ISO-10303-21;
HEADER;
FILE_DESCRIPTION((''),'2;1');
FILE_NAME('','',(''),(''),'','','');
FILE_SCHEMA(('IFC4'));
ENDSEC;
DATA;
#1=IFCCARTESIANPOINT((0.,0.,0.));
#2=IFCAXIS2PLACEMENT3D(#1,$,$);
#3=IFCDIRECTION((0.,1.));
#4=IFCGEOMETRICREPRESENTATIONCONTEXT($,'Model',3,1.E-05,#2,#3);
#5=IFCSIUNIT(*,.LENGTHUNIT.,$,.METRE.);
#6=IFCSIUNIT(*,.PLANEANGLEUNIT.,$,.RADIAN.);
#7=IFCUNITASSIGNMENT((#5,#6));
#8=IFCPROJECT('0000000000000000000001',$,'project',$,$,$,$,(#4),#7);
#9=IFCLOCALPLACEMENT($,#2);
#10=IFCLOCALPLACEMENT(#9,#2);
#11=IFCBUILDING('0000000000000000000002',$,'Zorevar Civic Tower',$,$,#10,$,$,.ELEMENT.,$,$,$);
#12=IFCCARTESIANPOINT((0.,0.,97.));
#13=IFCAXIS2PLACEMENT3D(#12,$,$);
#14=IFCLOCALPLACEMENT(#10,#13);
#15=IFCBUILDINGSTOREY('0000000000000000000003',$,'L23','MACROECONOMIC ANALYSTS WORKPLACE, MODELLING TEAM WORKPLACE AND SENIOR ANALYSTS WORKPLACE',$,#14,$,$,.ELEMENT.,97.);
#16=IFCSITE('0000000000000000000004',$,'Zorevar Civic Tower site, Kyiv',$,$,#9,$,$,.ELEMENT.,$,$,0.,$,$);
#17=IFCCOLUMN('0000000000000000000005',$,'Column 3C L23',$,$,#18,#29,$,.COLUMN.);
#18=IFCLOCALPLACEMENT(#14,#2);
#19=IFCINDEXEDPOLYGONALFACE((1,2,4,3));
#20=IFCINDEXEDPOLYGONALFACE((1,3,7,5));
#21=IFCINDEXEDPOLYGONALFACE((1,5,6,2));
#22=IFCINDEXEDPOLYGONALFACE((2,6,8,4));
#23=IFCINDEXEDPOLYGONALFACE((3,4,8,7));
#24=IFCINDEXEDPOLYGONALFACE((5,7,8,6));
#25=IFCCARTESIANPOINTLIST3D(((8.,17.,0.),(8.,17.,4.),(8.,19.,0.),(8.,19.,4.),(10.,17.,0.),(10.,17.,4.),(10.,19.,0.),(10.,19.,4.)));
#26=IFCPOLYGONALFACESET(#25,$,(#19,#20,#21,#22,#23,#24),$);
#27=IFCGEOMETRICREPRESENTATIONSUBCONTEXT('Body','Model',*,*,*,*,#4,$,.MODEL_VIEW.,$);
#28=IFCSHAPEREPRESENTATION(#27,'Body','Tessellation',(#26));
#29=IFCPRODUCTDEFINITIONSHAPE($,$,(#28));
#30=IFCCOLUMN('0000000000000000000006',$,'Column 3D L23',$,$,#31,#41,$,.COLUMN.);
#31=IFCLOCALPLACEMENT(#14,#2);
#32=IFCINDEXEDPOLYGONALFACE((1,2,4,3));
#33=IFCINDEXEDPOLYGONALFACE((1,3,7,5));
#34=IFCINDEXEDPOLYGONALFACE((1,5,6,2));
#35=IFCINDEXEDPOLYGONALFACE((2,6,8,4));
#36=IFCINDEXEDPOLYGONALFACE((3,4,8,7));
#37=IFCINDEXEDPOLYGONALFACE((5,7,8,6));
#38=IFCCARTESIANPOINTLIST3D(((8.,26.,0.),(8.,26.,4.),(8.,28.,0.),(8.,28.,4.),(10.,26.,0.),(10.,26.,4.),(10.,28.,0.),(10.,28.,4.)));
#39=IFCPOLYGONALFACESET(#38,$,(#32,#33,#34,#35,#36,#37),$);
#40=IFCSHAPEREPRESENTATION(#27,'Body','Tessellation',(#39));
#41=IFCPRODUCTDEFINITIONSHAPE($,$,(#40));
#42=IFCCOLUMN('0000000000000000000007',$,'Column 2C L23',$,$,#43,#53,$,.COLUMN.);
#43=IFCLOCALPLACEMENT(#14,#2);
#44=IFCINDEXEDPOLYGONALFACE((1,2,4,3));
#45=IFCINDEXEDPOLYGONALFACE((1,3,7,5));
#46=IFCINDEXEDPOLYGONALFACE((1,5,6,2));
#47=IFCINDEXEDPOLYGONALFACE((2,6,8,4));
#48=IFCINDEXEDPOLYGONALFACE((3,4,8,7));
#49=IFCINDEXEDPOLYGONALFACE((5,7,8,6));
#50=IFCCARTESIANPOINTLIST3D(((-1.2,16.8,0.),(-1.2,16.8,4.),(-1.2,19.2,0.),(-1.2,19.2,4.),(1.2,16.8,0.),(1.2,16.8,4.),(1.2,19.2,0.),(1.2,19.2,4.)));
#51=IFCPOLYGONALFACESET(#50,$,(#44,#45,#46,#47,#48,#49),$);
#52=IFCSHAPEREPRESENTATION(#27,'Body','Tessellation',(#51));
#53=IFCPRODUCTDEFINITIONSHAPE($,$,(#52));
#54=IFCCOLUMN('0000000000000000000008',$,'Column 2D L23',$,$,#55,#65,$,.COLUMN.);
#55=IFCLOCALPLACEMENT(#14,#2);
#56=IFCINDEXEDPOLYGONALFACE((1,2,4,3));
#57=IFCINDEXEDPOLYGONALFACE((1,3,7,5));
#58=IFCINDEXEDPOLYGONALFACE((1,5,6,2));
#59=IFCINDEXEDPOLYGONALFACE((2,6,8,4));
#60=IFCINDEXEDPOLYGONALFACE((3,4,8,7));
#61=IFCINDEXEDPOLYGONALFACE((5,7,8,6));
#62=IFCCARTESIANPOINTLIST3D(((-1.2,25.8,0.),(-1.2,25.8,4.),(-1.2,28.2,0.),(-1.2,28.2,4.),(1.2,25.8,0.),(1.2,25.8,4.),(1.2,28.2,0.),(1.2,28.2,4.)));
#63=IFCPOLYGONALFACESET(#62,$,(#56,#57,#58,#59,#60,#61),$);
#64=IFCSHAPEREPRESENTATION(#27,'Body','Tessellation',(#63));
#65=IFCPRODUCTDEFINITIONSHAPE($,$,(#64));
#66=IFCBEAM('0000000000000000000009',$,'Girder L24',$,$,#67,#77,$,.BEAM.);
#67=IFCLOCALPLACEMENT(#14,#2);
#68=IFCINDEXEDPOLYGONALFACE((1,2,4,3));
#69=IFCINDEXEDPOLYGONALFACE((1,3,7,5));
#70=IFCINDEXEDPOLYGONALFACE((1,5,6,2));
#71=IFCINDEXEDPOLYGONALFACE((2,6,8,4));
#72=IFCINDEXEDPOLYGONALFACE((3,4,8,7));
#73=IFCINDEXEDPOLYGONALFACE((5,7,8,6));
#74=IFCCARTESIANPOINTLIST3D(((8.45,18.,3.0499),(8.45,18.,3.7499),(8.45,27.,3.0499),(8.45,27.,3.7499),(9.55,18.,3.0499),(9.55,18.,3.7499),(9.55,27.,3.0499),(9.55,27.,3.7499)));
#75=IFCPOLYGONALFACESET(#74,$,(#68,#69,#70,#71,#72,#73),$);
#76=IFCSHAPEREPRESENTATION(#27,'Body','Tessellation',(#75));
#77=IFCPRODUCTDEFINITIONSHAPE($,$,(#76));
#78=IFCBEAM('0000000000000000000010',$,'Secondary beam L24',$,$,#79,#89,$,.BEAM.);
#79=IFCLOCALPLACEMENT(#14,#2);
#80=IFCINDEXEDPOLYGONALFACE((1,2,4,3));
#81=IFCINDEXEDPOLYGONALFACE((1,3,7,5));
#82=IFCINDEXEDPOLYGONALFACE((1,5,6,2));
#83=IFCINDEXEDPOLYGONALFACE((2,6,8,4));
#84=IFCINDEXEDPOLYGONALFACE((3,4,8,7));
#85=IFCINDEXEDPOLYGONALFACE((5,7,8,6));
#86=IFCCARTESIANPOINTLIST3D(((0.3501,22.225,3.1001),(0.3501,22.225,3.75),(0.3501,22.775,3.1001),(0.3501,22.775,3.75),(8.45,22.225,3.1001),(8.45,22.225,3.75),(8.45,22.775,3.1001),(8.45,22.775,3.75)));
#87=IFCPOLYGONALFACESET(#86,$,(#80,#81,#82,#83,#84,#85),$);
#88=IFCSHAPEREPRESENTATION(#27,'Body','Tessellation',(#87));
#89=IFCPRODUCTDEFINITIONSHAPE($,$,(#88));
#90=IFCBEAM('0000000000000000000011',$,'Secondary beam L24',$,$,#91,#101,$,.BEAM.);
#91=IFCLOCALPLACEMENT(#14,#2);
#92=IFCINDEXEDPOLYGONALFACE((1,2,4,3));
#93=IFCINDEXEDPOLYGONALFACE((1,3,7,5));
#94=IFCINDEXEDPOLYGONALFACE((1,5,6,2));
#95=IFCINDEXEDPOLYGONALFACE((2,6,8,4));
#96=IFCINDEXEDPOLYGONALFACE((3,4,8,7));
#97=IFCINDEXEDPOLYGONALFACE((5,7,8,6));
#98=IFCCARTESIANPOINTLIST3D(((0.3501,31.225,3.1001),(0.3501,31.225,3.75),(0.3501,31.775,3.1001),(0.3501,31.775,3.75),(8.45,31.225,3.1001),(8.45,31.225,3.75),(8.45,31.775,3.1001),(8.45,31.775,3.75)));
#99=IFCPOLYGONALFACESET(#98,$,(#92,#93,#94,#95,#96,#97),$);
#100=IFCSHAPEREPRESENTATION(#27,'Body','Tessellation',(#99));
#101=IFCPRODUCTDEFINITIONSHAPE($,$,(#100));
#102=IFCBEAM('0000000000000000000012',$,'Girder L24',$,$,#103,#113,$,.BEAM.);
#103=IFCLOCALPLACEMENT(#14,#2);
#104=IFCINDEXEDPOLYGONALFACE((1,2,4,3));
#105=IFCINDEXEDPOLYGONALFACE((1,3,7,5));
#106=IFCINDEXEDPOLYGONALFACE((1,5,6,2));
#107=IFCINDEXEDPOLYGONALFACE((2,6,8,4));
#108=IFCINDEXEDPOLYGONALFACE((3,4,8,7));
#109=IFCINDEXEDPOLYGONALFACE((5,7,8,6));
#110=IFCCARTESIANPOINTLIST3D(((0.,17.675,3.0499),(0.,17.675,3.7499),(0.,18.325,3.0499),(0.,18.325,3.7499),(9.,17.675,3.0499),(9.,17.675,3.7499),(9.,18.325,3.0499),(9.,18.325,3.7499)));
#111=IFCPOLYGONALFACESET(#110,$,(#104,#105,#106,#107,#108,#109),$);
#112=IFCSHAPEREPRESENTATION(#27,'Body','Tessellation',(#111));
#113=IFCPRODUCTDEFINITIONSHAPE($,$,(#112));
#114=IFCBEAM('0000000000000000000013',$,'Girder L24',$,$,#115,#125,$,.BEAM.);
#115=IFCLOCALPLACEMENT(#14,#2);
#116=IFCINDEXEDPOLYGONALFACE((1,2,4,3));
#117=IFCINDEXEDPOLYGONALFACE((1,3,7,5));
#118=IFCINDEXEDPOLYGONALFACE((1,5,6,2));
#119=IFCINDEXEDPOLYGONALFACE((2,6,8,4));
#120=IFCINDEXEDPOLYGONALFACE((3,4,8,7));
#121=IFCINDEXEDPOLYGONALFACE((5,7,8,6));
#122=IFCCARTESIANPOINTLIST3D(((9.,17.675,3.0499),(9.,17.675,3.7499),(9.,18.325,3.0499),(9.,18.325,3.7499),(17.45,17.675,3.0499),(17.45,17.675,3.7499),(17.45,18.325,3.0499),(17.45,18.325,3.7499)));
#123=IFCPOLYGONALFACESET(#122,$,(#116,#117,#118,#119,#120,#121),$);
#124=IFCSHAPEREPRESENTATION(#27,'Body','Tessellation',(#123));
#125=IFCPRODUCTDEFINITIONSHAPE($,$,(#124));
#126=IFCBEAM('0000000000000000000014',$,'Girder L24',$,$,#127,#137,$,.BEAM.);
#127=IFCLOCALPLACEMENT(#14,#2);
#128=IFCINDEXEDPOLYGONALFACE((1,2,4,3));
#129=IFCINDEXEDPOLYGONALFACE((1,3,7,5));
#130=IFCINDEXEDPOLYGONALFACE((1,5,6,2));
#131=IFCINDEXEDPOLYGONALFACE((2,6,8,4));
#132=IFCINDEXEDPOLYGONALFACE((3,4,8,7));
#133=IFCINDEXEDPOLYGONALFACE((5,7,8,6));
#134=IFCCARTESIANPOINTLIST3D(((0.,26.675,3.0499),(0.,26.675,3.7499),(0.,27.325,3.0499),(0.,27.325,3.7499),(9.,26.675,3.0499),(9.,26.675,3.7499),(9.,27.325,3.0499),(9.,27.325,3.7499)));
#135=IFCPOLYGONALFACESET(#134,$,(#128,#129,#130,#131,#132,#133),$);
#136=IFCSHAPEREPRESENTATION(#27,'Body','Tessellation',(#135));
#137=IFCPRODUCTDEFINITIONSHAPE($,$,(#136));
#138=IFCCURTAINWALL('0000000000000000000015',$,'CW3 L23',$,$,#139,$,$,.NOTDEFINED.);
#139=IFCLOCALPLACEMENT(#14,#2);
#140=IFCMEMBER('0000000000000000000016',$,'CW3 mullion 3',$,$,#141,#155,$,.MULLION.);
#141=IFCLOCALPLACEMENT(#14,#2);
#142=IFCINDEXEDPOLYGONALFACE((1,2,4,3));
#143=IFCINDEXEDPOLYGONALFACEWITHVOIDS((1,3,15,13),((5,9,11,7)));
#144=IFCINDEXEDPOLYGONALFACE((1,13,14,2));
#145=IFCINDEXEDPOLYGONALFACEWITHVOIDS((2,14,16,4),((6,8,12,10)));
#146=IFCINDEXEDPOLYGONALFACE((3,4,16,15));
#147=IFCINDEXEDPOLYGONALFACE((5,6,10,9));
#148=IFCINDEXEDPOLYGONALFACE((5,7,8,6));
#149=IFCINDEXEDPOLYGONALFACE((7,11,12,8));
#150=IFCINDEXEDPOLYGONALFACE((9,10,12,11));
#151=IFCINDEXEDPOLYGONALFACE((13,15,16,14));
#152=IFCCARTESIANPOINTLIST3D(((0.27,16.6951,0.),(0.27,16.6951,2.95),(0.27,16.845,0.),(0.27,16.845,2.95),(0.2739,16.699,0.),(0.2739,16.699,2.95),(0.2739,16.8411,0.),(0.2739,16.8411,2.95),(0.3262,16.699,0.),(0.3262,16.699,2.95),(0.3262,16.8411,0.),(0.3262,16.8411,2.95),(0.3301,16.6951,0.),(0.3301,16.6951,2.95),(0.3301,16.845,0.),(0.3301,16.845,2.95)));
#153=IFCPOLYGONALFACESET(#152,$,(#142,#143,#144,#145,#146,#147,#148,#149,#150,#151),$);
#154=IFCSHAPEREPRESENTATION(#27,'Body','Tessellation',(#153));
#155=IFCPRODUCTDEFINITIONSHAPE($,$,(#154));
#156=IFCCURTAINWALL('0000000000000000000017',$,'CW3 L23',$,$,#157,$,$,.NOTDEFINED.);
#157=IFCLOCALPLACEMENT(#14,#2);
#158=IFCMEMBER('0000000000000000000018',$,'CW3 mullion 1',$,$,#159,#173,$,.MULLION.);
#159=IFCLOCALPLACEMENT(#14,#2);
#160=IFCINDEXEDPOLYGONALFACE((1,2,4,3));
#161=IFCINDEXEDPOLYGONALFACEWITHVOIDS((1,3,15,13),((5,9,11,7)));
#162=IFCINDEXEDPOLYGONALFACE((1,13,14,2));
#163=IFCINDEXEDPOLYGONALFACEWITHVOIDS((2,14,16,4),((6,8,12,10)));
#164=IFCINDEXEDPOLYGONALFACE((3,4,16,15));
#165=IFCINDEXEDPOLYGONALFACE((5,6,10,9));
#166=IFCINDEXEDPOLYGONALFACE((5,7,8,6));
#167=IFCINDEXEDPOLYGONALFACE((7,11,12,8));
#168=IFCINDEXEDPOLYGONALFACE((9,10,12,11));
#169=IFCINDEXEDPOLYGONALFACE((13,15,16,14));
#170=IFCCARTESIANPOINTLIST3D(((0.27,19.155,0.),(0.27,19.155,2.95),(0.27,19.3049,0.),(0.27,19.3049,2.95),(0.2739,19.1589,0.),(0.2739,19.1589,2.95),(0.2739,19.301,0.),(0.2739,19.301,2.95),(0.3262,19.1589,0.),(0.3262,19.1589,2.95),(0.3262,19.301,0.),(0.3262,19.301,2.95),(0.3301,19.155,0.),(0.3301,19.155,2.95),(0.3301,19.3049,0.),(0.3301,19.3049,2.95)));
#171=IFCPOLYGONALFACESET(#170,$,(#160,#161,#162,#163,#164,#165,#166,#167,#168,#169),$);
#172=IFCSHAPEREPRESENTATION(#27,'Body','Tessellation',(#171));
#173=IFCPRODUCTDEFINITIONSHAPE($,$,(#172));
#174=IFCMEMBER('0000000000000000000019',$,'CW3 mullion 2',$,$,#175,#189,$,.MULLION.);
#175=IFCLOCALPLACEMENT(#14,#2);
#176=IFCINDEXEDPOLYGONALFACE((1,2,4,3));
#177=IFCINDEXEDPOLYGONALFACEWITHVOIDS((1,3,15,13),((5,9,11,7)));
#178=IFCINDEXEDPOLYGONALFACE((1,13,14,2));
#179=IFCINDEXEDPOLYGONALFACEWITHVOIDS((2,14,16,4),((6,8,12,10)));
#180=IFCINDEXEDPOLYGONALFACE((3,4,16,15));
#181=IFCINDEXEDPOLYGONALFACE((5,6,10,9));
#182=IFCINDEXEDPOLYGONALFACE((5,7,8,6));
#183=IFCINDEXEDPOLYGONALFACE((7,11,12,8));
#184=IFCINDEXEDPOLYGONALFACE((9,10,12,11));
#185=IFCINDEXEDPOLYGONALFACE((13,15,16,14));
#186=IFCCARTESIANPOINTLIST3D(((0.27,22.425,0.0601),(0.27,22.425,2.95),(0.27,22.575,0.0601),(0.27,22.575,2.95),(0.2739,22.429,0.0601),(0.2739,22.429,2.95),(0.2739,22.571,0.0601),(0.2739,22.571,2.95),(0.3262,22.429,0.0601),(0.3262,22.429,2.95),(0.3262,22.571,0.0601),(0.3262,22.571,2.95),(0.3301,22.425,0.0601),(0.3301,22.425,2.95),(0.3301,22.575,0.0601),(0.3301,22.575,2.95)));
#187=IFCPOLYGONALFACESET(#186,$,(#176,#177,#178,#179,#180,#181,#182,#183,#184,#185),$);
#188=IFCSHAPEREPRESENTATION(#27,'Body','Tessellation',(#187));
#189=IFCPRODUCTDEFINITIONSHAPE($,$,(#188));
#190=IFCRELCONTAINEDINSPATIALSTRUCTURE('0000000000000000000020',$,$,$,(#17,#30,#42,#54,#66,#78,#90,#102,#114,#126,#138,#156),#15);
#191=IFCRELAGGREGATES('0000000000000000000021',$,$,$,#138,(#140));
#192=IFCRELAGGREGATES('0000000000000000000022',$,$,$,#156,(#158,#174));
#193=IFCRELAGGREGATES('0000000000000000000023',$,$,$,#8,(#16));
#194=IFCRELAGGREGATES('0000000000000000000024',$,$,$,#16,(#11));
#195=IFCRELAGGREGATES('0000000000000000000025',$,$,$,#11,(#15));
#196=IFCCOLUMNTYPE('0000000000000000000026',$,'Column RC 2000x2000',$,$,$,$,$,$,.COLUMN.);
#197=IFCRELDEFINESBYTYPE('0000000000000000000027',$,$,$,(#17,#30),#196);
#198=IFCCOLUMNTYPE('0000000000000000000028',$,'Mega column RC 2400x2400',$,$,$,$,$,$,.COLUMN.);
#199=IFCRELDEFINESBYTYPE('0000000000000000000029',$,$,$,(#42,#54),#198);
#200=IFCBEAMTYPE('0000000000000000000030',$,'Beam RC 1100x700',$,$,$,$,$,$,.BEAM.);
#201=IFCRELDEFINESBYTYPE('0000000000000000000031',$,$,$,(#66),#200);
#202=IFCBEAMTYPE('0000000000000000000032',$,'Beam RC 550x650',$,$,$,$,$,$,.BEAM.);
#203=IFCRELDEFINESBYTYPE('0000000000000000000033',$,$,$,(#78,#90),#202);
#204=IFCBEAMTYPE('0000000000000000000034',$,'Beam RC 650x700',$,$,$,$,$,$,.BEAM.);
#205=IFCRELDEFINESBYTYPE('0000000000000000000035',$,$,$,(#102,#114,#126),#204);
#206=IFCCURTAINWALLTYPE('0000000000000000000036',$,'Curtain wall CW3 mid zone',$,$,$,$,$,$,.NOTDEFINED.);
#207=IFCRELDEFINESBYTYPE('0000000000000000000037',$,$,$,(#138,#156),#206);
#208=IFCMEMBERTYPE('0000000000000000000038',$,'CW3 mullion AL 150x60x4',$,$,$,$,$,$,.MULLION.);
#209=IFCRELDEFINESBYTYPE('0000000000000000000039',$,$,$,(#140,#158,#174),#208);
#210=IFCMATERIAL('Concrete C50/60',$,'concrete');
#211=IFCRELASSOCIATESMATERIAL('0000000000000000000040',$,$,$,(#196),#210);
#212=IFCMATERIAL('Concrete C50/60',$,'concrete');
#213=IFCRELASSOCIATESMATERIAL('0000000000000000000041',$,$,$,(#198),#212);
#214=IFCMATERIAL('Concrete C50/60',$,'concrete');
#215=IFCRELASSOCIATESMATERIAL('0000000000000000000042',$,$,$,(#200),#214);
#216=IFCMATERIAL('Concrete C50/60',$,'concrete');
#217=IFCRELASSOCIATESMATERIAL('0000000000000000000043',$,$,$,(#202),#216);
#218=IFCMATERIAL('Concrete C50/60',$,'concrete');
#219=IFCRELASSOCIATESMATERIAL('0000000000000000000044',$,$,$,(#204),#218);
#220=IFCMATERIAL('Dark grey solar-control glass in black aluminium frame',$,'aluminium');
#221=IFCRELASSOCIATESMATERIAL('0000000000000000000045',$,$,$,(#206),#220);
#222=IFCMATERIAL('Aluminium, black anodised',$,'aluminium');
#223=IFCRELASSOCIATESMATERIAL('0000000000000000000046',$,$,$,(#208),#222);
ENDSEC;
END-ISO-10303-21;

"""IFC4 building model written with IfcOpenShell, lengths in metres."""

from ifc_helpers import new_model, si_unit, direction, frame, origin, origin_2d, place, context, subcontext, project, spatial, rectangle, hollow_rectangle, extrude, material, material_profile, profile_set, type_object, element, aggregate, save


model = new_model("IFC4")

# Units and contexts
model_context = context("Model", 3, precision=1e-05, world=origin(), true_north=direction((0.0, 1.0)))
body_context = subcontext(model_context, "Body", "Model", "MODEL_VIEW")
ifc_project = project(units=[si_unit("LENGTHUNIT", "METRE"), si_unit("PLANEANGLEUNIT", "RADIAN")], contexts=[model_context])

# Site, building, storey
site_placement = place(None, origin())
site = spatial("IfcSite", under=ifc_project, at=site_placement, Name="Zorevar Civic Tower site, Kyiv", CompositionType="ELEMENT", RefElevation=0.0)
building_placement = place(site_placement, origin())
building = spatial("IfcBuilding", under=site, at=building_placement, Name="Zorevar Civic Tower", CompositionType="ELEMENT")
storey_placement = place(building_placement, frame((0.0, 0.0, 97.0)))
storey = spatial("IfcBuildingStorey", under=building, at=storey_placement, Name="L23", Description="MACROECONOMIC ANALYSTS WORKPLACE, MODELLING TEAM WORKPLACE AND SENIOR ANALYSTS WORKPLACE", CompositionType="ELEMENT", Elevation=97.0)

# Columns
ifc_material_1 = material(Name="Concrete C50/60", Category="concrete")
ifc_material_profile_1 = material_profile(ifc_material_1, rectangle(XDim=2.0, YDim=2.0, at=origin_2d()), Name="RC 2000x2000")
ifc_profile_set_1 = profile_set([ifc_material_profile_1], Name="Concrete C50/60")
column_type_1 = type_object("IfcColumnType", Name="Column RC 2000x2000", PredefinedType="COLUMN", material=ifc_profile_set_1)
for number, where, z_axis, x_axis, name in (
    (1, (9.0, 18.0, 0.0), (0.0, 0.0, 1.0), (1.0, 0.0, 0.0), "Column 3C L23"),
    (2, (9.0, 27.0, 0.0), (0.0, 0.0, 1.0), (1.0, 0.0, 0.0), "Column 3D L23"),
):
    element("IfcColumn", number, at=place(storey_placement, frame(where, z_axis=z_axis, x_axis=x_axis)), inside=storey, type_object=column_type_1, Name=name, PredefinedType="COLUMN", context=body_context, shape_type="SweptSolid", body=[
        extrude(rectangle(XDim=2.0, YDim=2.0, at=origin_2d()), origin(), (0.0, 0.0, 1.0), 4.0),
    ])
ifc_material_2 = material(Name="Concrete C50/60", Category="concrete")
ifc_material_profile_2 = material_profile(ifc_material_2, rectangle(XDim=2.3999, YDim=2.3999, at=origin_2d()), Name="RC 2400x2400")
ifc_profile_set_2 = profile_set([ifc_material_profile_2], Name="Concrete C50/60")
column_type_2 = type_object("IfcColumnType", Name="Mega column RC 2400x2400", PredefinedType="COLUMN", material=ifc_profile_set_2)
for number, where, z_axis, x_axis, name in (
    (3, (0.0, 18.0, 0.0), (0.0, 0.0, 1.0), (1.0, 0.0, 0.0), "Column 2C L23"),
    (4, (0.0, 27.0, 0.0), (0.0, 0.0, 1.0), (1.0, 0.0, 0.0), "Column 2D L23"),
):
    element("IfcColumn", number, at=place(storey_placement, frame(where, z_axis=z_axis, x_axis=x_axis)), inside=storey, type_object=column_type_2, Name=name, PredefinedType="COLUMN", context=body_context, shape_type="SweptSolid", body=[
        extrude(rectangle(XDim=2.3999, YDim=2.3999, at=origin_2d()), origin(), (0.0, 0.0, 1.0), 4.0),
    ])

# Beams
ifc_material_3 = material(Name="Concrete C50/60", Category="concrete")
ifc_material_profile_3 = material_profile(ifc_material_3, rectangle(XDim=1.1001, YDim=0.7, at=origin_2d()), Name="RC 1100x700")
ifc_profile_set_3 = profile_set([ifc_material_profile_3], Name="Concrete C50/60")
beam_type_1 = type_object("IfcBeamType", Name="Beam RC 1100x700", PredefinedType="BEAM", material=ifc_profile_set_3)
beam_1_placement = place(storey_placement, frame((9.0, 18.0, 3.3999), z_axis=(0.0, 1.0, 0.0), x_axis=(-1.0, 0.0, 0.0)))
element("IfcBeam", 5, at=beam_1_placement, inside=storey, type_object=beam_type_1, Name="Girder L24", PredefinedType="BEAM", context=body_context, shape_type="SweptSolid", body=[
    extrude(rectangle(XDim=1.1001, YDim=0.7, at=origin_2d()), origin(), (0.0, 0.0, 1.0), 9.0),
])
ifc_material_4 = material(Name="Concrete C50/60", Category="concrete")
ifc_material_profile_4 = material_profile(ifc_material_4, rectangle(XDim=0.55, YDim=0.6499, at=origin_2d()), Name="RC 550x650")
ifc_profile_set_4 = profile_set([ifc_material_profile_4], Name="Concrete C50/60")
beam_type_2 = type_object("IfcBeamType", Name="Beam RC 550x650", PredefinedType="BEAM", material=ifc_profile_set_4)
for number, where, z_axis, x_axis, name in (
    (6, (0.3501, 22.5, 3.425), (1.0, 0.0, 0.0), (0.0, 1.0, 0.0), "Secondary beam L24"),
    (7, (0.3501, 31.5, 3.425), (1.0, 0.0, 0.0), (0.0, 1.0, 0.0), "Secondary beam L24"),
):
    element("IfcBeam", number, at=place(storey_placement, frame(where, z_axis=z_axis, x_axis=x_axis)), inside=storey, type_object=beam_type_2, Name=name, PredefinedType="BEAM", context=body_context, shape_type="SweptSolid", body=[
        extrude(rectangle(XDim=0.55, YDim=0.6499, at=origin_2d()), origin(), (0.0, 0.0, 1.0), 8.0999),
    ])
ifc_material_5 = material(Name="Concrete C50/60", Category="concrete")
ifc_material_profile_5 = material_profile(ifc_material_5, rectangle(XDim=0.6499, YDim=0.7, at=origin_2d()), Name="RC 650x700")
ifc_profile_set_5 = profile_set([ifc_material_profile_5], Name="Concrete C50/60")
beam_type_3 = type_object("IfcBeamType", Name="Beam RC 650x700", PredefinedType="BEAM", material=ifc_profile_set_5)
beam_2_placement = place(storey_placement, frame((0.0, 18.0, 3.3999), z_axis=(1.0, 0.0, 0.0), x_axis=(0.0, 1.0, 0.0)))
element("IfcBeam", 8, at=beam_2_placement, inside=storey, type_object=beam_type_3, Name="Girder L24", PredefinedType="BEAM", context=body_context, shape_type="SweptSolid", body=[
    extrude(rectangle(XDim=0.6499, YDim=0.7, at=origin_2d()), origin(), (0.0, 0.0, 1.0), 9.0),
])
beam_3_placement = place(storey_placement, frame((9.0, 18.0, 3.3999), z_axis=(1.0, 0.0, 0.0), x_axis=(0.0, 1.0, 0.0)))
element("IfcBeam", 9, at=beam_3_placement, inside=storey, type_object=beam_type_3, Name="Girder L24", PredefinedType="BEAM", context=body_context, shape_type="SweptSolid", body=[
    extrude(rectangle(XDim=0.6499, YDim=0.7, at=origin_2d()), origin(), (0.0, 0.0, 1.0), 8.45),
])
beam_4_placement = place(storey_placement, frame((0.0, 27.0, 3.3999), z_axis=(1.0, 0.0, 0.0), x_axis=(0.0, 1.0, 0.0)))
element("IfcBeam", 10, at=beam_4_placement, inside=storey, type_object=beam_type_3, Name="Girder L24", PredefinedType="BEAM", context=body_context, shape_type="SweptSolid", body=[
    extrude(rectangle(XDim=0.6499, YDim=0.7, at=origin_2d()), origin(), (0.0, 0.0, 1.0), 9.0),
])

# Curtain wall, member
ifc_material_6 = material(Name="Dark grey solar-control glass in black aluminium frame", Category="aluminium")
curtain_wall_type = type_object("IfcCurtainWallType", Name="Curtain wall CW3 mid zone", PredefinedType="NOTDEFINED", material=ifc_material_6)
curtain_wall_1_placement = place(storey_placement, origin())
curtain_wall_1 = element("IfcCurtainWall", 11, at=curtain_wall_1_placement, inside=storey, type_object=curtain_wall_type, Name="CW3 L23", PredefinedType="NOTDEFINED")
ifc_material_7 = material(Name="Aluminium, black anodised", Category="aluminium")
ifc_material_profile_6 = material_profile(ifc_material_7, hollow_rectangle(XDim=0.0601, YDim=0.1499, WallThickness=0.0039, at=origin_2d()), Name="AL 150x60x4")
ifc_profile_set_6 = profile_set([ifc_material_profile_6], Name="Aluminium, black anodised")
member_type_1 = type_object("IfcMemberType", Name="CW3 mullion AL 150x60x4", PredefinedType="MULLION", material=ifc_profile_set_6)
member_1_placement = place(storey_placement, frame((0.3, 16.77, 0.0), z_axis=(0.0, 0.0, 1.0), x_axis=(-1.0, 0.0, 0.0)))
member_1 = element("IfcMember", 12, at=member_1_placement, type_object=member_type_1, Name="CW3 mullion 3", PredefinedType="MULLION", context=body_context, shape_type="SweptSolid", body=[
    extrude(hollow_rectangle(XDim=0.0601, YDim=0.1499, WallThickness=0.0039, at=origin_2d()), origin(), (0.0, 0.0, 1.0), 2.95),
])
aggregate(curtain_wall_1, [member_1])

# Curtain wall, members
curtain_wall_2_placement = place(storey_placement, origin())
curtain_wall_2 = element("IfcCurtainWall", 13, at=curtain_wall_2_placement, inside=storey, type_object=curtain_wall_type, Name="CW3 L23", PredefinedType="NOTDEFINED")
member_2_placement = place(storey_placement, frame((0.3, 19.23, 0.0), z_axis=(0.0, 0.0, 1.0), x_axis=(-1.0, 0.0, 0.0)))
member_2 = element("IfcMember", 14, at=member_2_placement, type_object=member_type_1, Name="CW3 mullion 1", PredefinedType="MULLION", context=body_context, shape_type="SweptSolid", body=[
    extrude(hollow_rectangle(XDim=0.0601, YDim=0.1499, WallThickness=0.0039, at=origin_2d()), origin(), (0.0, 0.0, 1.0), 2.95),
])
member_3_placement = place(storey_placement, frame((0.3, 22.5, 0.0601), z_axis=(0.0, 0.0, 1.0), x_axis=(-1.0, 0.0, 0.0)))
member_3 = element("IfcMember", 15, at=member_3_placement, type_object=member_type_1, Name="CW3 mullion 2", PredefinedType="MULLION", context=body_context, shape_type="SweptSolid", body=[
    extrude(hollow_rectangle(XDim=0.0601, YDim=0.1499, WallThickness=0.0039, at=origin_2d()), origin(), (0.0, 0.0, 1.0), 2.8899),
])

aggregate(curtain_wall_2, [member_2, member_3])

save(model, "model.ifc")
